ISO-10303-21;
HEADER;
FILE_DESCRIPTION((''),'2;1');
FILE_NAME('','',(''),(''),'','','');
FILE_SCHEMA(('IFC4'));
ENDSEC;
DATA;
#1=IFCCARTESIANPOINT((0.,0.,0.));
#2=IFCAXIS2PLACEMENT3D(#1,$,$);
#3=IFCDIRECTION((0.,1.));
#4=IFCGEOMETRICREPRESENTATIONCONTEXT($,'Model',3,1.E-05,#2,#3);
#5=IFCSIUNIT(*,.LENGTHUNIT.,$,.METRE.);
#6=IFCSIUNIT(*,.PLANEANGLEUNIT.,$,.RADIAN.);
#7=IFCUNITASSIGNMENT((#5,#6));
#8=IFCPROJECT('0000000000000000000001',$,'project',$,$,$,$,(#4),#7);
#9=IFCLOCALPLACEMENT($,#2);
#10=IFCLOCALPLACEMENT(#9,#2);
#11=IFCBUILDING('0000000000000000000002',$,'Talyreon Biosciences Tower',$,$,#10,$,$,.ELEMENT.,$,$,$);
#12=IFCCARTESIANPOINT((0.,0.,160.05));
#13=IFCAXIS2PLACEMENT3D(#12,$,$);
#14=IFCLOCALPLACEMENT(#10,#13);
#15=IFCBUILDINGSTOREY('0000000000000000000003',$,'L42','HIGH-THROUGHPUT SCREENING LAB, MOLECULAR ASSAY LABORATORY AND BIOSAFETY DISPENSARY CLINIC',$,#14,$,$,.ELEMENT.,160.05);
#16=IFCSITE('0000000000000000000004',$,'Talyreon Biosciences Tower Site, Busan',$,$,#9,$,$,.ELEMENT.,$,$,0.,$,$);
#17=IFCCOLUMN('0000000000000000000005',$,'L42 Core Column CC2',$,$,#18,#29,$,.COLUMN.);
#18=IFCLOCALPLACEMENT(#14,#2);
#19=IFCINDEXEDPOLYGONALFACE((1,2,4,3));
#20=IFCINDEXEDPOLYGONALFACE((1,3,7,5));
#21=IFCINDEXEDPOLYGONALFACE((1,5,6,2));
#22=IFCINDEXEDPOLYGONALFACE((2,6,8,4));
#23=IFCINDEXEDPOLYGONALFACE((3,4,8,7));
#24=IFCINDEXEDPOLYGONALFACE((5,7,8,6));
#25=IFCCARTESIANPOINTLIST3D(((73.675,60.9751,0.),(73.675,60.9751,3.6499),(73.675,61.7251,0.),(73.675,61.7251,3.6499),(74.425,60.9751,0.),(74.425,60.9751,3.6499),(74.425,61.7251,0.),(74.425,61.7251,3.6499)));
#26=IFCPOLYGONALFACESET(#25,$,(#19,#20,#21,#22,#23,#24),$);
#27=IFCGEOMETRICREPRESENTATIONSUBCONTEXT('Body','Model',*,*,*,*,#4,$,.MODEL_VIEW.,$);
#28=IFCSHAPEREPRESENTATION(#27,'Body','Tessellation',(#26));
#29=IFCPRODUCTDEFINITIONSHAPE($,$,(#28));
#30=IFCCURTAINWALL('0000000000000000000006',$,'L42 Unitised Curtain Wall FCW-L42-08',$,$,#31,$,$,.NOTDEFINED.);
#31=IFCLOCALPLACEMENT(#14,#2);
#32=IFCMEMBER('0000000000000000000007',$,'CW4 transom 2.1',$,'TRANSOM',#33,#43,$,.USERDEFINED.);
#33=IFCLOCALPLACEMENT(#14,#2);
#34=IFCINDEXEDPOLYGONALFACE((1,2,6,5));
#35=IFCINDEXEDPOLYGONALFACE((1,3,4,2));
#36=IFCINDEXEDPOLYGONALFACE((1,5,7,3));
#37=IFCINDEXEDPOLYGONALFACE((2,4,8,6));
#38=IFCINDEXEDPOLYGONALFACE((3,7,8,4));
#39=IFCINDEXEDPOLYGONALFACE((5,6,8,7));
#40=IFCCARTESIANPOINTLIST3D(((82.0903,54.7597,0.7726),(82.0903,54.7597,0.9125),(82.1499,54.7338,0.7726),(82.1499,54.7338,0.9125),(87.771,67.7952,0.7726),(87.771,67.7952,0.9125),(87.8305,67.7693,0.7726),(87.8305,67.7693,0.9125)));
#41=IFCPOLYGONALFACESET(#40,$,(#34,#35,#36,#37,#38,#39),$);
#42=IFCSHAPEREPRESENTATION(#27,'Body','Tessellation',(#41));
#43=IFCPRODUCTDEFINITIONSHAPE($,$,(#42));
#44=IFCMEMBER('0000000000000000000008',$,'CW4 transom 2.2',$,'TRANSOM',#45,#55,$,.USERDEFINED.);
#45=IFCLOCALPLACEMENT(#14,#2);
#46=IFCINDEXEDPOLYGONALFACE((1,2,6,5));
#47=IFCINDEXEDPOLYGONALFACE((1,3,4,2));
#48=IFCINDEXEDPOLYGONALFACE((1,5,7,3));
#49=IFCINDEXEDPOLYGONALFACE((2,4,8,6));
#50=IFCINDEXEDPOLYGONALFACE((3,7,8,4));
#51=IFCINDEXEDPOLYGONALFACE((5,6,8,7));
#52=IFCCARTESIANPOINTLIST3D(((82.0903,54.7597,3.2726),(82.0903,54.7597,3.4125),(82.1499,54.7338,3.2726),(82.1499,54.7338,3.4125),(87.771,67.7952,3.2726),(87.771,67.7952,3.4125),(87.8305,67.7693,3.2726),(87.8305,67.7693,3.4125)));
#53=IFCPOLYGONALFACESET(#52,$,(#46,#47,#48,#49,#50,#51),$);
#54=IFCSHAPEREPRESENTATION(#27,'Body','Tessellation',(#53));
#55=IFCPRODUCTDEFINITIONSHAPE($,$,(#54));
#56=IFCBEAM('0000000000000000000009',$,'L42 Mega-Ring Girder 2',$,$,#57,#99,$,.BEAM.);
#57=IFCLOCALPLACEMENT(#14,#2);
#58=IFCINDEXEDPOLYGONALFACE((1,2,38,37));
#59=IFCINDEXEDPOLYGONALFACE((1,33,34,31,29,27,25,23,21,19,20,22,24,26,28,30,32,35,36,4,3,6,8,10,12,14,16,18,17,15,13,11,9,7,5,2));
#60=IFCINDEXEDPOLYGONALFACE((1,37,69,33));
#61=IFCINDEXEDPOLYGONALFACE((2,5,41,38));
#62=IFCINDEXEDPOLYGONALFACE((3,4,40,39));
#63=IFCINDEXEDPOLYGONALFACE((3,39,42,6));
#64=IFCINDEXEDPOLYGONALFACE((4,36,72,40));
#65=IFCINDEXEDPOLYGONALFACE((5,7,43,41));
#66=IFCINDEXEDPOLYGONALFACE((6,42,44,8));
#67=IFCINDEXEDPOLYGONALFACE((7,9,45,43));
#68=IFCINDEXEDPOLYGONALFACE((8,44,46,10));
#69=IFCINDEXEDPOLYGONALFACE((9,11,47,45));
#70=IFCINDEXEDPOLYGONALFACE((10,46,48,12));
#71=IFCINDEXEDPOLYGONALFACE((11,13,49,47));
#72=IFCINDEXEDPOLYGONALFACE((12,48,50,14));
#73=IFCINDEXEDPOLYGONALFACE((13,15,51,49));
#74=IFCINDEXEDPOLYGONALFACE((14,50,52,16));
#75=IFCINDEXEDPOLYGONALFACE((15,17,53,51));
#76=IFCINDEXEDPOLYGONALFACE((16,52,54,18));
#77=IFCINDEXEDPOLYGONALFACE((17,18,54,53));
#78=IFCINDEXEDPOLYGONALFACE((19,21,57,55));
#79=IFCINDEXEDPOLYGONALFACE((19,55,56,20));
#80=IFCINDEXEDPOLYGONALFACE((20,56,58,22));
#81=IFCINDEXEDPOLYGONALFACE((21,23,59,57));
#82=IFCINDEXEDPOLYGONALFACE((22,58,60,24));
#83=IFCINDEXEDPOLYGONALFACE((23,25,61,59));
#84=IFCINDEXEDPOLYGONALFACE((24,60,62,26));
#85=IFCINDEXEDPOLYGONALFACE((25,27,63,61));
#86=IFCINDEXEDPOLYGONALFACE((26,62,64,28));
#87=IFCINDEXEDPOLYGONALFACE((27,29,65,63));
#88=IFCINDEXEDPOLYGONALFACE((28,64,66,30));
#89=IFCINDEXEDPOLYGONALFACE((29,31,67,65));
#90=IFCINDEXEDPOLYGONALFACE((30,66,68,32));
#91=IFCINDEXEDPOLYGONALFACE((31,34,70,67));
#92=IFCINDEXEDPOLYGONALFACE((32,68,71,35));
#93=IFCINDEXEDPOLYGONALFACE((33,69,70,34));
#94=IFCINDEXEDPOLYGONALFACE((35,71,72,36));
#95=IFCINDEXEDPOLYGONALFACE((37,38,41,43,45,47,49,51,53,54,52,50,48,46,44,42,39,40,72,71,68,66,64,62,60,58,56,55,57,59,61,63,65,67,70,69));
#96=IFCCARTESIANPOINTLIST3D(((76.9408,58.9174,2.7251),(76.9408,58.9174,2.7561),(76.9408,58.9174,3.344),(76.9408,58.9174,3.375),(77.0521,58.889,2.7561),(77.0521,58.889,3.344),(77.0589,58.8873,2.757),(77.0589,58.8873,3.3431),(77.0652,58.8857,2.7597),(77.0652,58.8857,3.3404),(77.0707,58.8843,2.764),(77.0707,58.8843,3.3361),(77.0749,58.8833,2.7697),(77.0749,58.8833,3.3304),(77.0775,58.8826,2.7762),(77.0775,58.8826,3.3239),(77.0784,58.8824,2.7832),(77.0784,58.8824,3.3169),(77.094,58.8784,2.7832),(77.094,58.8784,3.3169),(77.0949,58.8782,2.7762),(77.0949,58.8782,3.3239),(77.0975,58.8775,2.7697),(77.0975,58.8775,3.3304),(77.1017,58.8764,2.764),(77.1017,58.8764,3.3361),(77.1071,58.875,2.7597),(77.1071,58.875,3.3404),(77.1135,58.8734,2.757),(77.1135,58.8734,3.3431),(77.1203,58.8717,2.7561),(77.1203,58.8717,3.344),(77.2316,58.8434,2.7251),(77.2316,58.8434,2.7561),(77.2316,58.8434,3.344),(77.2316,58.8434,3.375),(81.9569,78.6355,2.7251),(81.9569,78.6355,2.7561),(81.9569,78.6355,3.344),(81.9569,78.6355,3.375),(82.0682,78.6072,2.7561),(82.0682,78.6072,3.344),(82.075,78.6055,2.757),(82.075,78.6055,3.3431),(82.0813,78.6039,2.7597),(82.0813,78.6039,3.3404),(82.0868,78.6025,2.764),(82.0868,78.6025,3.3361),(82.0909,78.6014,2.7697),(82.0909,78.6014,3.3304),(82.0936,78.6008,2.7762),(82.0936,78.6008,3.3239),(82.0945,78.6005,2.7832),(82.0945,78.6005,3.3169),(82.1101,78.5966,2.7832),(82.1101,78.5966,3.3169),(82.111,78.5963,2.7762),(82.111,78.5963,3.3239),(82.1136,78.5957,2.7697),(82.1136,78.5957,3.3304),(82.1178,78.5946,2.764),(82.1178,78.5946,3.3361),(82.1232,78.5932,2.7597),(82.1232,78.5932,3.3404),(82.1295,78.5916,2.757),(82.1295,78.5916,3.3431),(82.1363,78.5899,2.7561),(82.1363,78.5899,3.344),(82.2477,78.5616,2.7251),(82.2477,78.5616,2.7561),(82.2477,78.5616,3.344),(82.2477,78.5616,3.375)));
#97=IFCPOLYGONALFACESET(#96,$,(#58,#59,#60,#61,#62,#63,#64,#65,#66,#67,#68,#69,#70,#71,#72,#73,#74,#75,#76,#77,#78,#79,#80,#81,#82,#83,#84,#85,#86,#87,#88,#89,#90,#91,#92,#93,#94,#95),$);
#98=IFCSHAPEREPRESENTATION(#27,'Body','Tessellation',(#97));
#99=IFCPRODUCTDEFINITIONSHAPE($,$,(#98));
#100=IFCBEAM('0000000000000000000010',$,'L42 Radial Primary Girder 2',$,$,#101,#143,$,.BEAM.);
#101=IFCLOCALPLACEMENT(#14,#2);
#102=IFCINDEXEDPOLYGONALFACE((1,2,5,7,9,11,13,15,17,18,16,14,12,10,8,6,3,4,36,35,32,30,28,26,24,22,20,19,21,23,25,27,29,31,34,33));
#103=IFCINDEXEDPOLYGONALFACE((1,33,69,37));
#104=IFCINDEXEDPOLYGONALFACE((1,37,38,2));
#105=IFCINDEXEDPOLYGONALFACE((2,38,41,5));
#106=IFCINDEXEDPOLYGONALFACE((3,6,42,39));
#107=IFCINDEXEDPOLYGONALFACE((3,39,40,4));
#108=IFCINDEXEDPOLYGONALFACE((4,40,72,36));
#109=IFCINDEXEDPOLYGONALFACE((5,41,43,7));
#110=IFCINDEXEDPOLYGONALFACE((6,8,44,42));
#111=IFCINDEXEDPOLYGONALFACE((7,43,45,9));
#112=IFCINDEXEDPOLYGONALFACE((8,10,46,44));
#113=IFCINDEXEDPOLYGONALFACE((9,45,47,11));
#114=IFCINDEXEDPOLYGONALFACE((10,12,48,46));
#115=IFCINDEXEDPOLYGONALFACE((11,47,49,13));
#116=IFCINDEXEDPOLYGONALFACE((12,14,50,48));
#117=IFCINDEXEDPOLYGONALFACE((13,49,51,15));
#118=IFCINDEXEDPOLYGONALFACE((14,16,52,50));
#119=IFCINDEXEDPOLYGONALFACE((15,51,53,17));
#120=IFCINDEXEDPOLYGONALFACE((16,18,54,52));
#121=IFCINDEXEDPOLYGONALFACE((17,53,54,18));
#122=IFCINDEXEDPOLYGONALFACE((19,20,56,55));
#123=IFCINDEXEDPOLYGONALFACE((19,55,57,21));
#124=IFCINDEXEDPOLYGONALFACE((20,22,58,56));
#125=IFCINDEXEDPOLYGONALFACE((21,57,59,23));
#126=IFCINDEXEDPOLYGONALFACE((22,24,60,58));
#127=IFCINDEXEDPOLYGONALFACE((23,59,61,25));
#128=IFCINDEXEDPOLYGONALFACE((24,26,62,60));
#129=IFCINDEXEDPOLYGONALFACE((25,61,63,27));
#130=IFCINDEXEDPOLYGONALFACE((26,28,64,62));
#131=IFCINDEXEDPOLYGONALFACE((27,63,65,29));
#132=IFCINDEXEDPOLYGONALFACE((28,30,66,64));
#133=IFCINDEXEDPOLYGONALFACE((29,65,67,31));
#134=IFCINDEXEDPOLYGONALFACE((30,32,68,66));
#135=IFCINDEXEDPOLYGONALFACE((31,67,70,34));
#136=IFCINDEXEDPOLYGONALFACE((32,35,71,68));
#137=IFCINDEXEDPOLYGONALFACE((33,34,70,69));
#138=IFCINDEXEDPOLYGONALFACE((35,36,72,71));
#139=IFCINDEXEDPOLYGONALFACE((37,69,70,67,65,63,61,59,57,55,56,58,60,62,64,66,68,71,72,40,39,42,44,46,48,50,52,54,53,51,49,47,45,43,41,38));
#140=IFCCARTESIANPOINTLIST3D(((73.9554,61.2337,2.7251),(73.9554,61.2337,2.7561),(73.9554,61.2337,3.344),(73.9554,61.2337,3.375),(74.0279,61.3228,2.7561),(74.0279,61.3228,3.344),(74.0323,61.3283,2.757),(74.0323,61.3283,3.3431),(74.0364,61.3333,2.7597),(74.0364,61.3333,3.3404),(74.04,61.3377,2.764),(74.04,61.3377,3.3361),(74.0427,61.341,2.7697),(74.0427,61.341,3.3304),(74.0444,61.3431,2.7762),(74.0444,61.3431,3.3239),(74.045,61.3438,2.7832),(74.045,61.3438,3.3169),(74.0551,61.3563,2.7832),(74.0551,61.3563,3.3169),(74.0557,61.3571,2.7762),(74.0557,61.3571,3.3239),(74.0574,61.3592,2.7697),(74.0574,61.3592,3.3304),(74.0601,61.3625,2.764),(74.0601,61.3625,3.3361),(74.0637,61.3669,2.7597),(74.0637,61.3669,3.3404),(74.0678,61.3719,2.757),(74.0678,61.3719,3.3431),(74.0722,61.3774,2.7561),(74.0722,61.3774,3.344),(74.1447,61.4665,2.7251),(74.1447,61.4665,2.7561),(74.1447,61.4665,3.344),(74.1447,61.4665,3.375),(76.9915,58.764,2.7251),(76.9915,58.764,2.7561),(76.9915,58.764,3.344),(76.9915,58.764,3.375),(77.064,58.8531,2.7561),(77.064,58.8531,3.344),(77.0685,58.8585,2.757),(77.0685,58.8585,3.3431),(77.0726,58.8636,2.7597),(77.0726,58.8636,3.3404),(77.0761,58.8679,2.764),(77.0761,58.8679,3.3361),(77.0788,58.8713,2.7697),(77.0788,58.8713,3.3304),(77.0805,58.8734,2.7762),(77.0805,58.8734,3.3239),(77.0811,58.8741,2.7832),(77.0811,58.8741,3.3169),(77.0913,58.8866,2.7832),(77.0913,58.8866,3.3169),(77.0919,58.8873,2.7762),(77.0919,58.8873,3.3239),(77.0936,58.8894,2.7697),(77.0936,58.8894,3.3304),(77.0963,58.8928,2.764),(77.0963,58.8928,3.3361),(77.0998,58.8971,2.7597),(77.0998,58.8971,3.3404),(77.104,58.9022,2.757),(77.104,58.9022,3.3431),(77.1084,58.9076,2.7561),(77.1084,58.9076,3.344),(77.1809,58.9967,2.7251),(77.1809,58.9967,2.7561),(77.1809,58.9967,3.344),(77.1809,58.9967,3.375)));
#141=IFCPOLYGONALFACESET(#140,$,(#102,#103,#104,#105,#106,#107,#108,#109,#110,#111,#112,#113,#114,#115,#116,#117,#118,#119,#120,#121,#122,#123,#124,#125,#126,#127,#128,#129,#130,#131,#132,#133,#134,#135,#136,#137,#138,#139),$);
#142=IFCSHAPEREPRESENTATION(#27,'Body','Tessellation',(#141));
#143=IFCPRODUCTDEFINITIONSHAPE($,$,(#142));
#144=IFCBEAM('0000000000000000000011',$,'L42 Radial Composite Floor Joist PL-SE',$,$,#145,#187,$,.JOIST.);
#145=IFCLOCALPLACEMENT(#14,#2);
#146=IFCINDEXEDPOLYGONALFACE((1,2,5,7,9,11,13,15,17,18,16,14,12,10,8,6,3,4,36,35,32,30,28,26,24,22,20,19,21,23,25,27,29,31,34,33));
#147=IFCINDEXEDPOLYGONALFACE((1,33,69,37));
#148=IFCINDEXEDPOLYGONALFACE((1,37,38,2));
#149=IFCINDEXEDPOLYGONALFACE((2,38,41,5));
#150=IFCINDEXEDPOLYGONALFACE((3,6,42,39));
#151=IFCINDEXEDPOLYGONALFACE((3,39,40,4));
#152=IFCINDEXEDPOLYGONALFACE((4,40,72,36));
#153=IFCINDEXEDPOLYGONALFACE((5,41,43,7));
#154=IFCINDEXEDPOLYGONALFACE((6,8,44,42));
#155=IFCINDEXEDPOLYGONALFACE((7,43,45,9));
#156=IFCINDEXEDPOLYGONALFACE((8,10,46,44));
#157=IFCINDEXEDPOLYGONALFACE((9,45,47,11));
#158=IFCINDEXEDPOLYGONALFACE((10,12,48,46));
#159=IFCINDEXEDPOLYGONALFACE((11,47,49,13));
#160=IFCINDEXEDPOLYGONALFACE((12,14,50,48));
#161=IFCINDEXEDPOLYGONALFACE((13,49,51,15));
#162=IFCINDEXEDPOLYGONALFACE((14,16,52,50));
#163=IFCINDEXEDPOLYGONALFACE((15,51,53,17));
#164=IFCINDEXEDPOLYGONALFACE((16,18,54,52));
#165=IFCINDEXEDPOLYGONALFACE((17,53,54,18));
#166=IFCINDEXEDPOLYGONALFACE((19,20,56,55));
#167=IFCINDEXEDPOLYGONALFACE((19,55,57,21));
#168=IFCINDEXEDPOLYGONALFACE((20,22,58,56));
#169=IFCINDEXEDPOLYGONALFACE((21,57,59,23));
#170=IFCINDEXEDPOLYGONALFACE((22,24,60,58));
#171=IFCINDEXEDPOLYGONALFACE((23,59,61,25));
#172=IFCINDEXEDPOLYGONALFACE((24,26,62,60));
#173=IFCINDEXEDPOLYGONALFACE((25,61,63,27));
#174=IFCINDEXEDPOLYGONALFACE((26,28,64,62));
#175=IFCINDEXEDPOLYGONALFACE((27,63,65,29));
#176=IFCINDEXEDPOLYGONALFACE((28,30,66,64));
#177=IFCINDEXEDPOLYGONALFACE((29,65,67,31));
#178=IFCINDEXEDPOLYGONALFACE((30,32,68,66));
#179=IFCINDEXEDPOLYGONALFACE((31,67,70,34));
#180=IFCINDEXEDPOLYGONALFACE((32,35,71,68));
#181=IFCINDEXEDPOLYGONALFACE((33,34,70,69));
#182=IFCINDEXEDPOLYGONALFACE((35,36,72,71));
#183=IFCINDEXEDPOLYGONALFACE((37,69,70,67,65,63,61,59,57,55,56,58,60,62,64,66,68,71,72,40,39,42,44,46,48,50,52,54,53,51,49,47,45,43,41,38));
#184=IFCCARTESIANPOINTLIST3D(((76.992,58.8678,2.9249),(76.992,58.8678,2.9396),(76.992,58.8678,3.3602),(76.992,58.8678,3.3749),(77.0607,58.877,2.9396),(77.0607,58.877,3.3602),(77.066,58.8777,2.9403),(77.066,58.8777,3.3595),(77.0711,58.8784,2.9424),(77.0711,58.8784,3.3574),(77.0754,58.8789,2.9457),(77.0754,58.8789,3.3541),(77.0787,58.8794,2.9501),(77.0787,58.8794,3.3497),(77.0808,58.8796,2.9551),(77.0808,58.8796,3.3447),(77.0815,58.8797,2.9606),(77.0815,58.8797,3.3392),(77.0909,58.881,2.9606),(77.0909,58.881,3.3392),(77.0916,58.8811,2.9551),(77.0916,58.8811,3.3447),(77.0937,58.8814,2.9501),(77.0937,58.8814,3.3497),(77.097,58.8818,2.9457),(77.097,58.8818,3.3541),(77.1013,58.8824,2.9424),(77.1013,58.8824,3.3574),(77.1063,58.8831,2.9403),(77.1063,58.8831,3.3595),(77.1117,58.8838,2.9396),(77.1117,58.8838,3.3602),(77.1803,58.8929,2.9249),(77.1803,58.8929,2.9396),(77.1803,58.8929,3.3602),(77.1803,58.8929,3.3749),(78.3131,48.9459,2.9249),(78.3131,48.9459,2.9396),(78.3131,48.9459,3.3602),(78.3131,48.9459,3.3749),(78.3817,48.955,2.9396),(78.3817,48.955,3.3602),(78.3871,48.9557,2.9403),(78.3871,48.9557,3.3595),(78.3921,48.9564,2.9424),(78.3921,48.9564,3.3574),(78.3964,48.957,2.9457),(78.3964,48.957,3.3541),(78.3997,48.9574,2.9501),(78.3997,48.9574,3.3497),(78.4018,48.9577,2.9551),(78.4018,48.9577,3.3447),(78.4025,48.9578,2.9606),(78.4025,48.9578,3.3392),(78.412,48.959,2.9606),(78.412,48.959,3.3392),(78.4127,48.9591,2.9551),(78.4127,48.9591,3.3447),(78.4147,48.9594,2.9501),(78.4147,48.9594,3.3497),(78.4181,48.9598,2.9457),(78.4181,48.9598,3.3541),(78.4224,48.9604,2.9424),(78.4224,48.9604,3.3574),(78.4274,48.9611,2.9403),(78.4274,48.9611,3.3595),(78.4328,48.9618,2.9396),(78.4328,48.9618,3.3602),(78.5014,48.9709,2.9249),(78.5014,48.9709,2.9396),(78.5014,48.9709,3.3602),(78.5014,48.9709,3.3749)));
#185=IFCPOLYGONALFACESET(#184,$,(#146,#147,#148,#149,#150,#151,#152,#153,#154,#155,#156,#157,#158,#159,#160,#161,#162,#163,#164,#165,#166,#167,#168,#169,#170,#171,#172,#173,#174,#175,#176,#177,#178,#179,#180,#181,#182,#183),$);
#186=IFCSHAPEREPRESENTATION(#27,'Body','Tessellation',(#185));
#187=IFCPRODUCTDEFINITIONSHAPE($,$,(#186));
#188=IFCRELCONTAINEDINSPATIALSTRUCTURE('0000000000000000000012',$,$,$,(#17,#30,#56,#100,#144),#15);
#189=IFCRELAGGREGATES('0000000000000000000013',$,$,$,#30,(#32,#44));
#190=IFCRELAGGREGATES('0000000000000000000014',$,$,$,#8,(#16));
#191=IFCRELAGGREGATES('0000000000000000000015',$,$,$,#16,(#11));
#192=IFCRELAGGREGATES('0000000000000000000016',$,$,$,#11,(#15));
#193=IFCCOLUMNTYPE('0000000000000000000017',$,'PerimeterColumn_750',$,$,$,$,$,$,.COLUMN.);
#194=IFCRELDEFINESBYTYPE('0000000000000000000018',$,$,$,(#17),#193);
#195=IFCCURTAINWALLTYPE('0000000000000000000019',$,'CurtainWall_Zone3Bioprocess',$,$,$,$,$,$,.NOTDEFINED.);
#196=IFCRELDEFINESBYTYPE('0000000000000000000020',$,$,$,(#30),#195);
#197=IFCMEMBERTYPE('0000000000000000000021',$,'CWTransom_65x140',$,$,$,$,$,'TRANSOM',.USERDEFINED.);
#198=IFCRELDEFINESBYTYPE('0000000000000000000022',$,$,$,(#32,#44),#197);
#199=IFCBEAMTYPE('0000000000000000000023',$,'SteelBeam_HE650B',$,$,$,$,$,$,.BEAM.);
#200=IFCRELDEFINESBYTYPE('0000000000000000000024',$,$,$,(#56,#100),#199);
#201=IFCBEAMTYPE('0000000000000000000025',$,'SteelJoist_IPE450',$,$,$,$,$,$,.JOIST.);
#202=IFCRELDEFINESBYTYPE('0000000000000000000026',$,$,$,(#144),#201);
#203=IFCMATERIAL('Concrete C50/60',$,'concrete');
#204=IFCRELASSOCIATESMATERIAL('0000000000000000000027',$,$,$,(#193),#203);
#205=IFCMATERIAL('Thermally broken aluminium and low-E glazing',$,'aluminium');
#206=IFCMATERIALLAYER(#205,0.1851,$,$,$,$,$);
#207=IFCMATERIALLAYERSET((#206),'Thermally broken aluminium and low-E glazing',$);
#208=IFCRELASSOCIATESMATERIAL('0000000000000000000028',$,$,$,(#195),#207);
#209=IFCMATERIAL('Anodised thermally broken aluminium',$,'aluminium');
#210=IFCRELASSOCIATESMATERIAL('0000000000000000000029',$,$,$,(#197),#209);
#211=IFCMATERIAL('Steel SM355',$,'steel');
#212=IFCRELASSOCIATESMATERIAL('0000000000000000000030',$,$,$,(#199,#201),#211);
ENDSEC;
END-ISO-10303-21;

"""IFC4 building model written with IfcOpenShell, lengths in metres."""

from ifc_helpers import new_model, si_unit, direction, frame, origin, origin_2d, place, context, subcontext, project, spatial, rectangle, i_section, extrude, material, layer, layer_set, material_profile, profile_set, type_object, element, aggregate, save


model = new_model("IFC4")

# Units and contexts
model_context = context("Model", 3, precision=1e-05, world=origin(), true_north=direction((0.0, 1.0)))
body_context = subcontext(model_context, "Body", "Model", "MODEL_VIEW")
ifc_project = project(units=[si_unit("LENGTHUNIT", "METRE"), si_unit("PLANEANGLEUNIT", "RADIAN")], contexts=[model_context])

# Site, building, storey
site_placement = place(None, origin())
site = spatial("IfcSite", under=ifc_project, at=site_placement, Name="Talyreon Biosciences Tower Site, Busan", CompositionType="ELEMENT", RefElevation=0.0)
building_placement = place(site_placement, origin())
building = spatial("IfcBuilding", under=site, at=building_placement, Name="Talyreon Biosciences Tower", CompositionType="ELEMENT")
storey_placement = place(building_placement, frame((0.0, 0.0, 160.05)))
storey = spatial("IfcBuildingStorey", under=building, at=storey_placement, Name="L42", Description="HIGH-THROUGHPUT SCREENING LAB, MOLECULAR ASSAY LABORATORY AND BIOSAFETY DISPENSARY CLINIC", CompositionType="ELEMENT", Elevation=160.05)

# Column
ifc_material_1 = material(Name="Concrete C50/60", Category="concrete")
ifc_material_profile_1 = material_profile(ifc_material_1, rectangle(XDim=0.75, YDim=0.75, at=origin_2d()), Name="RC 750x750")
ifc_profile_set_1 = profile_set([ifc_material_profile_1], Name="Concrete C50/60")
column_type = type_object("IfcColumnType", Name="PerimeterColumn_750", PredefinedType="COLUMN", material=ifc_profile_set_1)
column_placement = place(storey_placement, frame((74.05, 61.3501, 0.0), z_axis=(0.0, 0.0, 1.0), x_axis=(1.0, 0.0, 0.0)))
element("IfcColumn", 1, at=column_placement, inside=storey, type_object=column_type, Name="L42 Core Column CC2", PredefinedType="COLUMN", context=body_context, shape_type="SweptSolid", body=[
    extrude(rectangle(XDim=0.75, YDim=0.75, at=origin_2d()), origin(), (0.0, 0.0, 1.0), 3.6499),
])

# Curtain wall, members
ifc_material_2 = material(Name="Thermally broken aluminium and low-E glazing", Category="aluminium")
ifc_layer_1 = layer(ifc_material_2, 0.1851)
ifc_layer_set_1 = layer_set([ifc_layer_1], Name="Thermally broken aluminium and low-E glazing")
curtain_wall_type = type_object("IfcCurtainWallType", Name="CurtainWall_Zone3Bioprocess", PredefinedType="NOTDEFINED", material=ifc_layer_set_1)
curtain_wall_placement = place(storey_placement, origin())
curtain_wall = element("IfcCurtainWall", 2, at=curtain_wall_placement, inside=storey, type_object=curtain_wall_type, Name="L42 Unitised Curtain Wall FCW-L42-08", PredefinedType="NOTDEFINED")
ifc_material_3 = material(Name="Anodised thermally broken aluminium", Category="aluminium")
ifc_material_profile_2 = material_profile(ifc_material_3, rectangle(XDim=0.0649, YDim=0.1399, at=origin_2d()), Name="ALUM TRANSOM 65x140")
ifc_profile_set_2 = profile_set([ifc_material_profile_2], Name="Anodised thermally broken aluminium")
member_type = type_object("IfcMemberType", Name="CWTransom_65x140", ElementType="TRANSOM", PredefinedType="USERDEFINED", material=ifc_profile_set_2)
member_1_placement = place(storey_placement, frame((87.8008, 67.7822, 0.8425), z_axis=(-0.399501, -0.916733, 0.0), x_axis=(0.916733, -0.399501, 0.0)))
member_1 = element("IfcMember", 3, at=member_1_placement, type_object=member_type, Name="CW4 transom 2.1", ObjectType="TRANSOM", PredefinedType="USERDEFINED", context=body_context, shape_type="SweptSolid", body=[
    extrude(rectangle(XDim=0.0649, YDim=0.1399, at=origin_2d()), origin(), (0.0, 0.0, 1.0), 14.2195),
])
member_2_placement = place(storey_placement, frame((87.8008, 67.7822, 3.3425), z_axis=(-0.399501, -0.916733, 0.0), x_axis=(0.916733, -0.399501, 0.0)))
member_2 = element("IfcMember", 4, at=member_2_placement, type_object=member_type, Name="CW4 transom 2.2", ObjectType="TRANSOM", PredefinedType="USERDEFINED", context=body_context, shape_type="SweptSolid", body=[
    extrude(rectangle(XDim=0.0649, YDim=0.1399, at=origin_2d()), origin(), (0.0, 0.0, 1.0), 14.2195),
])

# Beams
ifc_material_4 = material(Name="Steel SM355", Category="steel")
ifc_material_profile_3 = material_profile(ifc_material_4, i_section(OverallWidth=0.3, OverallDepth=0.6499, WebThickness=0.0161, FlangeThickness=0.031, FilletRadius=0.0271, at=origin_2d()), Name="HE650B")
ifc_profile_set_3 = profile_set([ifc_material_profile_3], Name="Steel SM355")
beam_type_1 = type_object("IfcBeamType", Name="SteelBeam_HE650B", PredefinedType="BEAM", material=ifc_profile_set_3)
beam_1_placement = place(storey_placement, frame((77.0862, 58.8804, 3.05), z_axis=(0.246537, 0.969133, 0.0), x_axis=(-0.969133, 0.246537, 0.0)))
element("IfcBeam", 5, at=beam_1_placement, inside=storey, type_object=beam_type_1, Name="L42 Mega-Ring Girder 2", PredefinedType="BEAM", context=body_context, shape_type="SweptSolid", body=[
    extrude(i_section(OverallWidth=0.3, OverallDepth=0.6499, WebThickness=0.0161, FlangeThickness=0.031, FilletRadius=0.0271, at=origin_2d()), origin(), (0.0, 0.0, 1.0), 20.3462),
])
beam_2_placement = place(storey_placement, frame((74.05, 61.3501, 3.05), z_axis=(0.775755, -0.631034, 0.0), x_axis=(0.631034, 0.775755, 0.0)))
element("IfcBeam", 6, at=beam_2_placement, inside=storey, type_object=beam_type_1, Name="L42 Radial Primary Girder 2", PredefinedType="BEAM", context=body_context, shape_type="SweptSolid", body=[
    extrude(i_section(OverallWidth=0.3, OverallDepth=0.6499, WebThickness=0.0161, FlangeThickness=0.031, FilletRadius=0.0271, at=origin_2d()), origin(), (0.0, 0.0, 1.0), 3.9138),
])
ifc_material_profile_4 = material_profile(ifc_material_4, i_section(OverallWidth=0.1899, OverallDepth=0.45, WebThickness=0.0095, FlangeThickness=0.0146, FilletRadius=0.021, at=origin_2d()), Name="IPE450")
ifc_profile_set_4 = profile_set([ifc_material_profile_4], Name="Steel SM355")
beam_type_2 = type_object("IfcBeamType", Name="SteelJoist_IPE450", PredefinedType="JOIST", material=ifc_profile_set_4)
beam_3_placement = place(storey_placement, frame((77.0862, 58.8804, 3.1499), z_axis=(0.13198, -0.991252, 0.0), x_axis=(0.991252, 0.13198, 0.0)))
element("IfcBeam", 7, at=beam_3_placement, inside=storey, type_object=beam_type_2, Name="L42 Radial Composite Floor Joist PL-SE", PredefinedType="JOIST", context=body_context, shape_type="SweptSolid", body=[
    extrude(i_section(OverallWidth=0.1899, OverallDepth=0.45, WebThickness=0.0095, FlangeThickness=0.0146, FilletRadius=0.021, at=origin_2d()), origin(), (0.0, 0.0, 1.0), 10.0095),
])

aggregate(curtain_wall, [member_1, member_2])

save(model, "model.ifc")
